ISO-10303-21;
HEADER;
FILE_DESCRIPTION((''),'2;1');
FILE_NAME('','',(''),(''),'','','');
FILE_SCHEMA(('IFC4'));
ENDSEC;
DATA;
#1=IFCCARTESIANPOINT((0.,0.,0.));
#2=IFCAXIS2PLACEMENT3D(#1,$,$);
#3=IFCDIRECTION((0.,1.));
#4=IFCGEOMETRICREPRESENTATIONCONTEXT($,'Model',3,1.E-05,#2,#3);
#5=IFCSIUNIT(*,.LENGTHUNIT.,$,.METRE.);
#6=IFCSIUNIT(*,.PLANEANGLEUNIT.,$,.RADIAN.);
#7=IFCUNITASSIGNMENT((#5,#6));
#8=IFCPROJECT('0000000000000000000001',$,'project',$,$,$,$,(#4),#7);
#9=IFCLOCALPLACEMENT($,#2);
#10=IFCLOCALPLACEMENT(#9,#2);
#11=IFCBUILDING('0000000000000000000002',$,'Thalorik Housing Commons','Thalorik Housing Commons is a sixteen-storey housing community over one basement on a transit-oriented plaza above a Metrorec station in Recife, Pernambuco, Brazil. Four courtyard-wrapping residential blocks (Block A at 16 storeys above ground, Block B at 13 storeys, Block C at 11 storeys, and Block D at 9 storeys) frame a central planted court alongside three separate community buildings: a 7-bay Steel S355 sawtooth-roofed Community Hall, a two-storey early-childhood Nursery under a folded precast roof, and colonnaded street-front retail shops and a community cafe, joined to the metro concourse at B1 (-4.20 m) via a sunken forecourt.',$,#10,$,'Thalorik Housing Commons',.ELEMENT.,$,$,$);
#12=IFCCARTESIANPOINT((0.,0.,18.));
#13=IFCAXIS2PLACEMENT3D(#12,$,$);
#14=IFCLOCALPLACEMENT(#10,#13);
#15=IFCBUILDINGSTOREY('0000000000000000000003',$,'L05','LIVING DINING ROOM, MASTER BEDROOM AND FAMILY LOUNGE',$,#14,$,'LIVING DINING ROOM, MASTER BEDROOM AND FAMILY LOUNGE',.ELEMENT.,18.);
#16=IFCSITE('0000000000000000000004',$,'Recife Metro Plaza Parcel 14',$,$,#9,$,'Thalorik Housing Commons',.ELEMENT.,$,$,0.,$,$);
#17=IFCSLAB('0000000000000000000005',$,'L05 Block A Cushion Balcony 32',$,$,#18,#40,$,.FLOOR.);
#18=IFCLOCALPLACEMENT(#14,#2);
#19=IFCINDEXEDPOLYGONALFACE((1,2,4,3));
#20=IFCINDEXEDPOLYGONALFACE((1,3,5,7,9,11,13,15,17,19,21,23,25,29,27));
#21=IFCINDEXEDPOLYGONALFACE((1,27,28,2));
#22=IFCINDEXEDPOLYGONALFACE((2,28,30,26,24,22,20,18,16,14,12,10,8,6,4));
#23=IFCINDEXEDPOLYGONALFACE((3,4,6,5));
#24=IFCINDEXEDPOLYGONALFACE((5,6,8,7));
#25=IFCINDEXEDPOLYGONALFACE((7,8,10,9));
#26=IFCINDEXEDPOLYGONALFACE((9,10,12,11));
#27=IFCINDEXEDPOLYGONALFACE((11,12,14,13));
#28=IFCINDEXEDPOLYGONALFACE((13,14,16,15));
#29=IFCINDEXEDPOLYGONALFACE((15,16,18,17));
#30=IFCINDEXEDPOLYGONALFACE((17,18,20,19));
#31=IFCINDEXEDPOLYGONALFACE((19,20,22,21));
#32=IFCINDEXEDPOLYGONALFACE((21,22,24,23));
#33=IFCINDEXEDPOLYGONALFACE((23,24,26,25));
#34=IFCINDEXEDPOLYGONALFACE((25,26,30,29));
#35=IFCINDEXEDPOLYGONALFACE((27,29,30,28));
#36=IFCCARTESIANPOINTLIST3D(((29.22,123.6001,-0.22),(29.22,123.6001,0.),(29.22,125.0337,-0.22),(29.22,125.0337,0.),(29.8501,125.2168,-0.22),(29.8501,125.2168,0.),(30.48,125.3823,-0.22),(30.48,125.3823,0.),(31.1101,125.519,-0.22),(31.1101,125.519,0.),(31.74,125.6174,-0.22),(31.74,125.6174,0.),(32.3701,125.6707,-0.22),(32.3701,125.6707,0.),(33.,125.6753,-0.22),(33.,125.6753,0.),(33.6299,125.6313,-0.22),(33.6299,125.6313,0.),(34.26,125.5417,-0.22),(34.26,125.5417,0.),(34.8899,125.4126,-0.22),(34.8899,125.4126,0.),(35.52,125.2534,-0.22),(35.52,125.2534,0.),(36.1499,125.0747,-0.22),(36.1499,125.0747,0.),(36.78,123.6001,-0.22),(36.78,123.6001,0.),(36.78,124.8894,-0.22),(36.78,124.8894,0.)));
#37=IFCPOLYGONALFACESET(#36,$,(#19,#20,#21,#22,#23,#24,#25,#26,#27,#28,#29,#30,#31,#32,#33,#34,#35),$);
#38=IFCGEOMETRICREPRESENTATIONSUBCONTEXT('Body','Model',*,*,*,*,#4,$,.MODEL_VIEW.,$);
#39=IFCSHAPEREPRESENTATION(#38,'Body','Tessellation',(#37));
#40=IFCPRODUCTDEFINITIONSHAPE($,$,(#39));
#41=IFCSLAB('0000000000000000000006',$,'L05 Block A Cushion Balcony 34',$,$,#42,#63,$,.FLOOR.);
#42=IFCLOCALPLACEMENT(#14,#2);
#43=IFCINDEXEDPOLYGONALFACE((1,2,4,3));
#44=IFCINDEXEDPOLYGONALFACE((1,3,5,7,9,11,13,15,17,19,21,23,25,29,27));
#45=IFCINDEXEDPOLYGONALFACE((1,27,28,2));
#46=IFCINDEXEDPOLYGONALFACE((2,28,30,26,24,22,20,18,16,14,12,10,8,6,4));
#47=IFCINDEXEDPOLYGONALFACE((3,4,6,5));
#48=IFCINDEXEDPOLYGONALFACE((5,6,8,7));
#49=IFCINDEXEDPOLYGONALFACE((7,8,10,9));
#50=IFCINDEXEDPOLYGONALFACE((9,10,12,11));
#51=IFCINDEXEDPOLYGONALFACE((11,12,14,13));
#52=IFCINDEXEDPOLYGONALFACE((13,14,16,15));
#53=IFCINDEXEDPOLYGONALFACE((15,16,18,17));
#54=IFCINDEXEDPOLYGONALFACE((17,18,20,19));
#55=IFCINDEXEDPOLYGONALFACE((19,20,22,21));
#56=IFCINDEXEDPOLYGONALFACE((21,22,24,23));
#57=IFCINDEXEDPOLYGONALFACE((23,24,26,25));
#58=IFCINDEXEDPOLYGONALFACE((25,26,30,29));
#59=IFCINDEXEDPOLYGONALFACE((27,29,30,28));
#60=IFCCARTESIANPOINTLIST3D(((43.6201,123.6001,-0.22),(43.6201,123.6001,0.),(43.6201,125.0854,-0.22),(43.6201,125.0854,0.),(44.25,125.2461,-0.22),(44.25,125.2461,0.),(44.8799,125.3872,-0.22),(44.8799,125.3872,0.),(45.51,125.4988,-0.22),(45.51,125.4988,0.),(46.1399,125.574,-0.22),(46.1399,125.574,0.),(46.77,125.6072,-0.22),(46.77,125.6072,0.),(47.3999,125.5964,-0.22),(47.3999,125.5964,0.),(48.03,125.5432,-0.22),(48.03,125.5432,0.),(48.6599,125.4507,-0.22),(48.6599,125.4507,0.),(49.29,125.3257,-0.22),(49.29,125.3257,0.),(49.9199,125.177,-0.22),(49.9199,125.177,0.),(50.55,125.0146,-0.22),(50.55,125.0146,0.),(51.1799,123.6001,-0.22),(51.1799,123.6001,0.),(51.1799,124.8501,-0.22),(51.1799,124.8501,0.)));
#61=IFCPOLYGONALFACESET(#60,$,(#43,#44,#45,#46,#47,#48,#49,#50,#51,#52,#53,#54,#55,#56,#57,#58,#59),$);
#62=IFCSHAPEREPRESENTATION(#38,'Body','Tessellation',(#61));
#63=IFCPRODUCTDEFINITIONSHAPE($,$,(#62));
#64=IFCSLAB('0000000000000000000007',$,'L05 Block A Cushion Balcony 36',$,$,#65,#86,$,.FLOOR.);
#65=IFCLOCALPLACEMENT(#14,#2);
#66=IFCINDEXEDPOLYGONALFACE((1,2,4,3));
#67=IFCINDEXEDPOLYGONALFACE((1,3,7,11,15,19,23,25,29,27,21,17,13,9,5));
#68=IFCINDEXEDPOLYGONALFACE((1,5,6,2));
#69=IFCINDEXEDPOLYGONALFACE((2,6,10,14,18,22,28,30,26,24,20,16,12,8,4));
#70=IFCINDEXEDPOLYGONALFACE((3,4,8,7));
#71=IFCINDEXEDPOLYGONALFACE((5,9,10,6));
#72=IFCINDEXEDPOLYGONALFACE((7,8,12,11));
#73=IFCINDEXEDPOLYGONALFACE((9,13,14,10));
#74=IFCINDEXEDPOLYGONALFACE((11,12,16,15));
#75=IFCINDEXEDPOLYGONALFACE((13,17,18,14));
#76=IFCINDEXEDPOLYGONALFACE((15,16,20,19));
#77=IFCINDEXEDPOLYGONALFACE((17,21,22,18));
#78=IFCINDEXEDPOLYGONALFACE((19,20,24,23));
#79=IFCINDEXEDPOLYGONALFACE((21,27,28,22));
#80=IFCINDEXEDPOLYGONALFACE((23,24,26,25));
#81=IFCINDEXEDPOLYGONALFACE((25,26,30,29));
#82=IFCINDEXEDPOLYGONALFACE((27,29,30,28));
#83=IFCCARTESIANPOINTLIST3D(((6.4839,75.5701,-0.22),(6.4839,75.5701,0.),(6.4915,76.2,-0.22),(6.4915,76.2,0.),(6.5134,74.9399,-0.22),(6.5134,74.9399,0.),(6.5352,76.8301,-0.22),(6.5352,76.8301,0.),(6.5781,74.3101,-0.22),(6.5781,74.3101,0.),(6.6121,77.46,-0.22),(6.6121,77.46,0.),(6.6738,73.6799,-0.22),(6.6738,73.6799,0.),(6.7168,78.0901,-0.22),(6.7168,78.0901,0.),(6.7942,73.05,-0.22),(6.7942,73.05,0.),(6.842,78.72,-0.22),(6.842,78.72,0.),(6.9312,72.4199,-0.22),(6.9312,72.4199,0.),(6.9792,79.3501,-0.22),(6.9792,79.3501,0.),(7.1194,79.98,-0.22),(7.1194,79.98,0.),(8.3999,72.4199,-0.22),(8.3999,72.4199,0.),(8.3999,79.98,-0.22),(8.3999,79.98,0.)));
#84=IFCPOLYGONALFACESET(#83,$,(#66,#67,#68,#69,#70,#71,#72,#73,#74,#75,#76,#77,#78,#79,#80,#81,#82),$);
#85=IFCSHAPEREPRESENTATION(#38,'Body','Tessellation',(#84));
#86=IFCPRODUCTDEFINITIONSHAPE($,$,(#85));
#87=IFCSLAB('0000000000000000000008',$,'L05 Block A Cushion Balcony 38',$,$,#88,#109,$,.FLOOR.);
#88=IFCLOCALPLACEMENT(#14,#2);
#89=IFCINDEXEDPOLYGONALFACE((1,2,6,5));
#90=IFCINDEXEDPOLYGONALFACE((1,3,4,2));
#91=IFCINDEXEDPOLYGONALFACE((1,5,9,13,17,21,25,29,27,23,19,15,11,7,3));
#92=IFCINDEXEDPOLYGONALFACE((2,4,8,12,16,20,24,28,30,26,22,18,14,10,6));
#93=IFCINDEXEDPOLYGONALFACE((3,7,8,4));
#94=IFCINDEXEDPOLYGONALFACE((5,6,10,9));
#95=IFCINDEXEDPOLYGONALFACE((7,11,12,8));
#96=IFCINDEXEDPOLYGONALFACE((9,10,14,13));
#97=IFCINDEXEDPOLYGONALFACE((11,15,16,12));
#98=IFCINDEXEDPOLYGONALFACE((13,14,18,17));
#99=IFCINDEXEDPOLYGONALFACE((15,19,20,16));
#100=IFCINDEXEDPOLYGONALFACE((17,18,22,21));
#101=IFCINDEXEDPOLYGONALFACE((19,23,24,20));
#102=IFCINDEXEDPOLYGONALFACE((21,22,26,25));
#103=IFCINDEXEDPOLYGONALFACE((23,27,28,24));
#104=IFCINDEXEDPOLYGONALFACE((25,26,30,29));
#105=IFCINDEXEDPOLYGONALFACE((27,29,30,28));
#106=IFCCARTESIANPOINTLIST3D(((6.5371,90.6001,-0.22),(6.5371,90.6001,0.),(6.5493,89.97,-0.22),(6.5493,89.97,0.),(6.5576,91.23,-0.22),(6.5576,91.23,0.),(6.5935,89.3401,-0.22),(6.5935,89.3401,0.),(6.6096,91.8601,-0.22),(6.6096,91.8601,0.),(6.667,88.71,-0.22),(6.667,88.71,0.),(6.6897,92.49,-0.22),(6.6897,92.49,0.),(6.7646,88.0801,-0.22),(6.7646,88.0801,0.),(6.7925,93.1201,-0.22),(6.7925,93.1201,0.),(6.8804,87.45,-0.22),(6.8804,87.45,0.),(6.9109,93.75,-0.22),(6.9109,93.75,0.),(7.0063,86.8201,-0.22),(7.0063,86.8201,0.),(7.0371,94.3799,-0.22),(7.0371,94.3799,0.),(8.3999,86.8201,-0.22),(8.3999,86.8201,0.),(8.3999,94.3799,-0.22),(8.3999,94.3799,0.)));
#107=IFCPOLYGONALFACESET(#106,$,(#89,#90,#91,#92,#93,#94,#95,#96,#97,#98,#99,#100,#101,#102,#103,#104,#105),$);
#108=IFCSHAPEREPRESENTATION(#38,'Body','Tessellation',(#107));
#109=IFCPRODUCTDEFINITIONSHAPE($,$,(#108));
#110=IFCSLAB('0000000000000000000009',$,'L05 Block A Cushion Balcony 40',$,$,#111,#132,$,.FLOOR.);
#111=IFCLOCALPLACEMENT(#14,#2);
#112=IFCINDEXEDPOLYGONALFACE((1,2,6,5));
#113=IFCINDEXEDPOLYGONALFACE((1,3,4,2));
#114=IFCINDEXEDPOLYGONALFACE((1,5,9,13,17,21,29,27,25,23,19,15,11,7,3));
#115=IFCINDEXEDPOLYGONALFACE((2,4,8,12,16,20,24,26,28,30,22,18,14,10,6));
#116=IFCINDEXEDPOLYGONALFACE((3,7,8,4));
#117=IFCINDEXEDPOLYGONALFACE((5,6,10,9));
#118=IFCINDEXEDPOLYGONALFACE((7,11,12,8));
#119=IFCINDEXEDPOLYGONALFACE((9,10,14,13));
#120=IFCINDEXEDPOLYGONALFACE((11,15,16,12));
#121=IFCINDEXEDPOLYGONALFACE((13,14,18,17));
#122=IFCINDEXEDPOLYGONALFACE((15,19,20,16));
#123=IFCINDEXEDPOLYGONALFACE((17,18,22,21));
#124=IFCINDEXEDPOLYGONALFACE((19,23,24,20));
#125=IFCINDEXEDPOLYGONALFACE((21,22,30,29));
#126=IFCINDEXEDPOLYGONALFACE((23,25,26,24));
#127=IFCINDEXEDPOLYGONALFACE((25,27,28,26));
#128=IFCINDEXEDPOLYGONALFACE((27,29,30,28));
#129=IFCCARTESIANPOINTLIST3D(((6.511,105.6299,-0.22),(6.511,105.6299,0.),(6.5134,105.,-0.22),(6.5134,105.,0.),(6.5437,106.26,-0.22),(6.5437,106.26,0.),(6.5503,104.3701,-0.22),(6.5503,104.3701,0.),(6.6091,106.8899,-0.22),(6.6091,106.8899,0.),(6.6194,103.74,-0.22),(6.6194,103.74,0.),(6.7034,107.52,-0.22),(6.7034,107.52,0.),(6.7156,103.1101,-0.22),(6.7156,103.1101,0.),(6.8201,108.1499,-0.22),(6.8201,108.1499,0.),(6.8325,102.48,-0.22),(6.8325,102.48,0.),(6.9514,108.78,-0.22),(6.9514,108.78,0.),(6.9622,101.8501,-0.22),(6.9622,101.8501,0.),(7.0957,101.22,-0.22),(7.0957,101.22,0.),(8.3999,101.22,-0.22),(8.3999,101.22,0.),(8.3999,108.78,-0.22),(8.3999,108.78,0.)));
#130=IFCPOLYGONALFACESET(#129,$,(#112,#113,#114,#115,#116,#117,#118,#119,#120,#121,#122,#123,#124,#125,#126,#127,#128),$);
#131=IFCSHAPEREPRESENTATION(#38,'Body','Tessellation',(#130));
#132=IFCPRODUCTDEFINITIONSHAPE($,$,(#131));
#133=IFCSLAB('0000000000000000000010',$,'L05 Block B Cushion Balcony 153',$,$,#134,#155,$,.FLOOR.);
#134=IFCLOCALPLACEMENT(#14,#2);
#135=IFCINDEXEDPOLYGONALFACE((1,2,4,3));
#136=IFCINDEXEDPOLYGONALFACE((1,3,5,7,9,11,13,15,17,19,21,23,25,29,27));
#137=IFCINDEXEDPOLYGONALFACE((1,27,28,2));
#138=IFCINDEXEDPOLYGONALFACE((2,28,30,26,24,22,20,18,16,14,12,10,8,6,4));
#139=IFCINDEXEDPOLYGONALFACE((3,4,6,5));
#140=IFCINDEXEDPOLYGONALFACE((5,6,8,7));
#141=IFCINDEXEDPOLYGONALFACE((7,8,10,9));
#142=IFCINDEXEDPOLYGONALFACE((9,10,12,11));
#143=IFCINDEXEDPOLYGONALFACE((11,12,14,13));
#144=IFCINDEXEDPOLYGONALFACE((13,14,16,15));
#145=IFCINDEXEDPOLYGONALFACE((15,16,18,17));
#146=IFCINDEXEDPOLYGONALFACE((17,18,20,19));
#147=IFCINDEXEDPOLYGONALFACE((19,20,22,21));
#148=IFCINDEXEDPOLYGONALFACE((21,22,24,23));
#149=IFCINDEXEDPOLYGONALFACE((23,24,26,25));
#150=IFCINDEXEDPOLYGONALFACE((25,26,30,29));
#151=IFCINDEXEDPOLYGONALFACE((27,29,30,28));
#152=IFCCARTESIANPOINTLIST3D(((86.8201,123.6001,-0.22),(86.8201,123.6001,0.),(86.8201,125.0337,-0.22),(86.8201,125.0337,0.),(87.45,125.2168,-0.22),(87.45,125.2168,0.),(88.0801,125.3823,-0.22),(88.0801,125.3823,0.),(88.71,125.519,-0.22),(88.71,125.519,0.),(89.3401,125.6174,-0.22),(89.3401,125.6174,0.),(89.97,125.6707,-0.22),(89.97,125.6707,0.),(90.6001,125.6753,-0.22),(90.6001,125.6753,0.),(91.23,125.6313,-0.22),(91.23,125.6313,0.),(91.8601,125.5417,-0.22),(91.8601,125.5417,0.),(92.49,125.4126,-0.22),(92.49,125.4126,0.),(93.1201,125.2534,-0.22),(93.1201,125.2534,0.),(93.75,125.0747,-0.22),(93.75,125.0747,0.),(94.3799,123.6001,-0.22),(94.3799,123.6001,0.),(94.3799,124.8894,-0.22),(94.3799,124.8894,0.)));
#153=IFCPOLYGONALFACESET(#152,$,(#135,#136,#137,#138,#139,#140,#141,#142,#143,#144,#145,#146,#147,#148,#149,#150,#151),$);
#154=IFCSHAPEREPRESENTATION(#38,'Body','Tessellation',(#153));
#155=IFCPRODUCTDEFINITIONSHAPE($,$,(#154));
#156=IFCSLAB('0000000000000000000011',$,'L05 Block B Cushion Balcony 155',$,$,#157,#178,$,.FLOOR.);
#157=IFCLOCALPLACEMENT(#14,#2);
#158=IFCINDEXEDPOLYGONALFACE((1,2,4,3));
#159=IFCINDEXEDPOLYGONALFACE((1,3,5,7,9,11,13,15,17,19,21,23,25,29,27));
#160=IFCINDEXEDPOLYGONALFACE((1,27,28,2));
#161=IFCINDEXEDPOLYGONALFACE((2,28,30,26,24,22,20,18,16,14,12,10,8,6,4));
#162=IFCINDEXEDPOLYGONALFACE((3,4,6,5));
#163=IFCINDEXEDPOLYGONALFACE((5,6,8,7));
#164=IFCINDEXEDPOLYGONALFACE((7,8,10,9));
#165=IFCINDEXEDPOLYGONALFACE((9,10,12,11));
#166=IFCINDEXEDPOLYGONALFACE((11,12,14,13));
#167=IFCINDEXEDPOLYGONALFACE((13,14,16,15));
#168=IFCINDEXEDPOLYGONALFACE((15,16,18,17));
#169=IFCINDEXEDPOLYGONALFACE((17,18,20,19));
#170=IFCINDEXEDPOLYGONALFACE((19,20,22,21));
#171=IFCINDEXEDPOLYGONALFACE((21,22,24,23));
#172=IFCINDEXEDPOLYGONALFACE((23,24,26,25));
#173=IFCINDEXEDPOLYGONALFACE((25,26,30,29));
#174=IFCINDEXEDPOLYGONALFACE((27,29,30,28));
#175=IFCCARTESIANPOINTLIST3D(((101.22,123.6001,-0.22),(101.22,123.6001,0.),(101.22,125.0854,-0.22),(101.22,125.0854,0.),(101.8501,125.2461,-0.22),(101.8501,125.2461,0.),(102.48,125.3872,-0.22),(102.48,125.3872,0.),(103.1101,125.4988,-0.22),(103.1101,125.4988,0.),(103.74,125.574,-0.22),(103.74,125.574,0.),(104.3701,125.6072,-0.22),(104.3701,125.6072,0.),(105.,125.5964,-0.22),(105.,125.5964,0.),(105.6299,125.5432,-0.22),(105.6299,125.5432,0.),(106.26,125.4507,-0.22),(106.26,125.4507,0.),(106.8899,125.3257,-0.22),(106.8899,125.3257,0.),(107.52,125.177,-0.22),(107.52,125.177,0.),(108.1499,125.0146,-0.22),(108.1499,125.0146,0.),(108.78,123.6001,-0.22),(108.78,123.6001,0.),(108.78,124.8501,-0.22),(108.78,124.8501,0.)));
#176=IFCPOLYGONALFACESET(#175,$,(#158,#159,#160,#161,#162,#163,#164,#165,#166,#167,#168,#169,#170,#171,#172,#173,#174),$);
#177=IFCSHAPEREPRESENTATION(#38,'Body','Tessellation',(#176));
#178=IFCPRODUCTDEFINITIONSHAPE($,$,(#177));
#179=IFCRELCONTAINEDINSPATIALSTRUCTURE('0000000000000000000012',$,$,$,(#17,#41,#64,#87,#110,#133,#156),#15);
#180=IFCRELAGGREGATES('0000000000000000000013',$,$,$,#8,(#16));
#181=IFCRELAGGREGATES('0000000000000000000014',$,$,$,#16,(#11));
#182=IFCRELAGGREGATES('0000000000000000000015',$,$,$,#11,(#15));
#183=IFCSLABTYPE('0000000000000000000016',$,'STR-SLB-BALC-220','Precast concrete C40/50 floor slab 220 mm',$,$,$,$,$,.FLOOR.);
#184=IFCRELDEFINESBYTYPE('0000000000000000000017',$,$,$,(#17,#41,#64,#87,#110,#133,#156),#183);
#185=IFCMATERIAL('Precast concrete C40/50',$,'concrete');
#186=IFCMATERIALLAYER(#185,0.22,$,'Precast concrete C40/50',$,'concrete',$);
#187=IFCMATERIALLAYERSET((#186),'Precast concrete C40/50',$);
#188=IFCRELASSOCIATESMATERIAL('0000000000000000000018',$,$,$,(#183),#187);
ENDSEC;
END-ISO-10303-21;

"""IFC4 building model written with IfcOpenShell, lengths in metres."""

from ifc_helpers import new_model, si_unit, direction, frame, origin, place, context, subcontext, project, spatial, polyline, outline, extrude, material, layer, layer_set, type_object, element, save


model = new_model("IFC4")

# Units and contexts
model_context = context("Model", 3, precision=1e-05, world=origin(), true_north=direction((0.0, 1.0)))
body_context = subcontext(model_context, "Body", "Model", "MODEL_VIEW")
ifc_project = project(units=[si_unit("LENGTHUNIT", "METRE"), si_unit("PLANEANGLEUNIT", "RADIAN")], contexts=[model_context])

# Site, building, storey
site_placement = place(None, origin())
site = spatial("IfcSite", under=ifc_project, at=site_placement, Name="Recife Metro Plaza Parcel 14", LongName="Thalorik Housing Commons", CompositionType="ELEMENT", RefElevation=0.0)
building_placement = place(site_placement, origin())
building = spatial("IfcBuilding", under=site, at=building_placement, Name="Thalorik Housing Commons", Description="Thalorik Housing Commons is a sixteen-storey housing community over one basement on a transit-oriented plaza above a Metrorec station in Recife, Pernambuco, Brazil. Four courtyard-wrapping residential blocks (Block A at 16 storeys above ground, Block B at 13 storeys, Block C at 11 storeys, and Block D at 9 storeys) frame a central planted court alongside three separate community buildings: a 7-bay Steel S355 sawtooth-roofed Community Hall, a two-storey early-childhood Nursery under a folded precast roof, and colonnaded street-front retail shops and a community cafe, joined to the metro concourse at B1 (-4.20 m) via a sunken forecourt.", LongName="Thalorik Housing Commons", CompositionType="ELEMENT")
storey_placement = place(building_placement, frame((0.0, 0.0, 18.0)))
storey = spatial("IfcBuildingStorey", under=building, at=storey_placement, Name="L05", Description="LIVING DINING ROOM, MASTER BEDROOM AND FAMILY LOUNGE", LongName="LIVING DINING ROOM, MASTER BEDROOM AND FAMILY LOUNGE", CompositionType="ELEMENT", Elevation=18.0)

# Slabs
ifc_material_1 = material(Name="Precast concrete C40/50", Category="concrete")
ifc_layer_1 = layer(ifc_material_1, 0.22, Name="Precast concrete C40/50", Category="concrete")
ifc_layer_set_1 = layer_set([ifc_layer_1], Name="Precast concrete C40/50")
slab_type_1 = type_object("IfcSlabType", Name="STR-SLB-BALC-220", Description="Precast concrete C40/50 floor slab 220 mm", PredefinedType="FLOOR", material=ifc_layer_set_1)
slab_1_placement = place(storey_placement, frame((0.0, 0.0, -0.22)))
element("IfcSlab", 1, at=slab_1_placement, inside=storey, type_object=slab_type_1, Name="L05 Block A Cushion Balcony 32", PredefinedType="FLOOR", context=body_context, shape_type="SweptSolid", body=[
    extrude(outline(polyline([(29.22, 123.6001), (36.78, 123.6001), (36.78, 124.8894), (36.1499, 125.0747), (35.52, 125.2534), (34.8899, 125.4126), (34.26, 125.5417), (33.6299, 125.6313), (33.0, 125.6753), (32.3701, 125.6707), (31.74, 125.6174), (31.1101, 125.519), (30.48, 125.3823), (29.8501, 125.2168), (29.22, 125.0337), (29.22, 123.6001)])), origin(), (0.0, 0.0, 1.0), 0.22),
])
slab_2_placement = place(storey_placement, frame((0.0, 0.0, -0.22)))
element("IfcSlab", 2, at=slab_2_placement, inside=storey, type_object=slab_type_1, Name="L05 Block A Cushion Balcony 34", PredefinedType="FLOOR", context=body_context, shape_type="SweptSolid", body=[
    extrude(outline(polyline([(43.6201, 123.6001), (51.1799, 123.6001), (51.1799, 124.8501), (50.55, 125.0146), (49.9199, 125.177), (49.29, 125.3257), (48.6599, 125.4507), (48.03, 125.5432), (47.3999, 125.5964), (46.77, 125.6072), (46.1399, 125.574), (45.51, 125.4988), (44.8799, 125.3872), (44.25, 125.2461), (43.6201, 125.0854), (43.6201, 123.6001)])), origin(), (0.0, 0.0, 1.0), 0.22),
])
slab_3_placement = place(storey_placement, frame((0.0, 0.0, -0.22)))
element("IfcSlab", 3, at=slab_3_placement, inside=storey, type_object=slab_type_1, Name="L05 Block A Cushion Balcony 36", PredefinedType="FLOOR", context=body_context, shape_type="SweptSolid", body=[
    extrude(outline(polyline([(8.3999, 72.4199), (8.3999, 79.98), (7.1194, 79.98), (6.9792, 79.3501), (6.842, 78.72), (6.7168, 78.0901), (6.6121, 77.46), (6.5352, 76.8301), (6.4915, 76.2), (6.4839, 75.5701), (6.5134, 74.9399), (6.5781, 74.3101), (6.6738, 73.6799), (6.7942, 73.05), (6.9312, 72.4199), (8.3999, 72.4199)])), origin(), (0.0, 0.0, 1.0), 0.22),
])
slab_4_placement = place(storey_placement, frame((0.0, 0.0, -0.22)))
element("IfcSlab", 4, at=slab_4_placement, inside=storey, type_object=slab_type_1, Name="L05 Block A Cushion Balcony 38", PredefinedType="FLOOR", context=body_context, shape_type="SweptSolid", body=[
    extrude(outline(polyline([(8.3999, 86.8201), (8.3999, 94.3799), (7.0371, 94.3799), (6.9109, 93.75), (6.7925, 93.1201), (6.6897, 92.49), (6.6096, 91.8601), (6.5576, 91.23), (6.5371, 90.6001), (6.5493, 89.97), (6.5935, 89.3401), (6.667, 88.71), (6.7646, 88.0801), (6.8804, 87.45), (7.0063, 86.8201), (8.3999, 86.8201)])), origin(), (0.0, 0.0, 1.0), 0.22),
])
slab_5_placement = place(storey_placement, frame((0.0, 0.0, -0.22)))
element("IfcSlab", 5, at=slab_5_placement, inside=storey, type_object=slab_type_1, Name="L05 Block A Cushion Balcony 40", PredefinedType="FLOOR", context=body_context, shape_type="SweptSolid", body=[
    extrude(outline(polyline([(8.3999, 101.22), (8.3999, 108.78), (6.9514, 108.78), (6.8201, 108.1499), (6.7034, 107.52), (6.6091, 106.8899), (6.5437, 106.26), (6.511, 105.6299), (6.5134, 105.0), (6.5503, 104.3701), (6.6194, 103.74), (6.7156, 103.1101), (6.8325, 102.48), (6.9622, 101.8501), (7.0957, 101.22), (8.3999, 101.22)])), origin(), (0.0, 0.0, 1.0), 0.22),
])
slab_6_placement = place(storey_placement, frame((0.0, 0.0, -0.22)))
element("IfcSlab", 6, at=slab_6_placement, inside=storey, type_object=slab_type_1, Name="L05 Block B Cushion Balcony 153", PredefinedType="FLOOR", context=body_context, shape_type="SweptSolid", body=[
    extrude(outline(polyline([(86.8201, 123.6001), (94.3799, 123.6001), (94.3799, 124.8894), (93.75, 125.0747), (93.1201, 125.2534), (92.49, 125.4126), (91.8601, 125.5417), (91.23, 125.6313), (90.6001, 125.6753), (89.97, 125.6707), (89.3401, 125.6174), (88.71, 125.519), (88.0801, 125.3823), (87.45, 125.2168), (86.8201, 125.0337), (86.8201, 123.6001)])), origin(), (0.0, 0.0, 1.0), 0.22),
])
slab_7_placement = place(storey_placement, frame((0.0, 0.0, -0.22)))
element("IfcSlab", 7, at=slab_7_placement, inside=storey, type_object=slab_type_1, Name="L05 Block B Cushion Balcony 155", PredefinedType="FLOOR", context=body_context, shape_type="SweptSolid", body=[
    extrude(outline(polyline([(101.22, 123.6001), (108.78, 123.6001), (108.78, 124.8501), (108.1499, 125.0146), (107.52, 125.177), (106.8899, 125.3257), (106.26, 125.4507), (105.6299, 125.5432), (105.0, 125.5964), (104.3701, 125.6072), (103.74, 125.574), (103.1101, 125.4988), (102.48, 125.3872), (101.8501, 125.2461), (101.22, 125.0854), (101.22, 123.6001)])), origin(), (0.0, 0.0, 1.0), 0.22),
])

save(model, "model.ifc")
